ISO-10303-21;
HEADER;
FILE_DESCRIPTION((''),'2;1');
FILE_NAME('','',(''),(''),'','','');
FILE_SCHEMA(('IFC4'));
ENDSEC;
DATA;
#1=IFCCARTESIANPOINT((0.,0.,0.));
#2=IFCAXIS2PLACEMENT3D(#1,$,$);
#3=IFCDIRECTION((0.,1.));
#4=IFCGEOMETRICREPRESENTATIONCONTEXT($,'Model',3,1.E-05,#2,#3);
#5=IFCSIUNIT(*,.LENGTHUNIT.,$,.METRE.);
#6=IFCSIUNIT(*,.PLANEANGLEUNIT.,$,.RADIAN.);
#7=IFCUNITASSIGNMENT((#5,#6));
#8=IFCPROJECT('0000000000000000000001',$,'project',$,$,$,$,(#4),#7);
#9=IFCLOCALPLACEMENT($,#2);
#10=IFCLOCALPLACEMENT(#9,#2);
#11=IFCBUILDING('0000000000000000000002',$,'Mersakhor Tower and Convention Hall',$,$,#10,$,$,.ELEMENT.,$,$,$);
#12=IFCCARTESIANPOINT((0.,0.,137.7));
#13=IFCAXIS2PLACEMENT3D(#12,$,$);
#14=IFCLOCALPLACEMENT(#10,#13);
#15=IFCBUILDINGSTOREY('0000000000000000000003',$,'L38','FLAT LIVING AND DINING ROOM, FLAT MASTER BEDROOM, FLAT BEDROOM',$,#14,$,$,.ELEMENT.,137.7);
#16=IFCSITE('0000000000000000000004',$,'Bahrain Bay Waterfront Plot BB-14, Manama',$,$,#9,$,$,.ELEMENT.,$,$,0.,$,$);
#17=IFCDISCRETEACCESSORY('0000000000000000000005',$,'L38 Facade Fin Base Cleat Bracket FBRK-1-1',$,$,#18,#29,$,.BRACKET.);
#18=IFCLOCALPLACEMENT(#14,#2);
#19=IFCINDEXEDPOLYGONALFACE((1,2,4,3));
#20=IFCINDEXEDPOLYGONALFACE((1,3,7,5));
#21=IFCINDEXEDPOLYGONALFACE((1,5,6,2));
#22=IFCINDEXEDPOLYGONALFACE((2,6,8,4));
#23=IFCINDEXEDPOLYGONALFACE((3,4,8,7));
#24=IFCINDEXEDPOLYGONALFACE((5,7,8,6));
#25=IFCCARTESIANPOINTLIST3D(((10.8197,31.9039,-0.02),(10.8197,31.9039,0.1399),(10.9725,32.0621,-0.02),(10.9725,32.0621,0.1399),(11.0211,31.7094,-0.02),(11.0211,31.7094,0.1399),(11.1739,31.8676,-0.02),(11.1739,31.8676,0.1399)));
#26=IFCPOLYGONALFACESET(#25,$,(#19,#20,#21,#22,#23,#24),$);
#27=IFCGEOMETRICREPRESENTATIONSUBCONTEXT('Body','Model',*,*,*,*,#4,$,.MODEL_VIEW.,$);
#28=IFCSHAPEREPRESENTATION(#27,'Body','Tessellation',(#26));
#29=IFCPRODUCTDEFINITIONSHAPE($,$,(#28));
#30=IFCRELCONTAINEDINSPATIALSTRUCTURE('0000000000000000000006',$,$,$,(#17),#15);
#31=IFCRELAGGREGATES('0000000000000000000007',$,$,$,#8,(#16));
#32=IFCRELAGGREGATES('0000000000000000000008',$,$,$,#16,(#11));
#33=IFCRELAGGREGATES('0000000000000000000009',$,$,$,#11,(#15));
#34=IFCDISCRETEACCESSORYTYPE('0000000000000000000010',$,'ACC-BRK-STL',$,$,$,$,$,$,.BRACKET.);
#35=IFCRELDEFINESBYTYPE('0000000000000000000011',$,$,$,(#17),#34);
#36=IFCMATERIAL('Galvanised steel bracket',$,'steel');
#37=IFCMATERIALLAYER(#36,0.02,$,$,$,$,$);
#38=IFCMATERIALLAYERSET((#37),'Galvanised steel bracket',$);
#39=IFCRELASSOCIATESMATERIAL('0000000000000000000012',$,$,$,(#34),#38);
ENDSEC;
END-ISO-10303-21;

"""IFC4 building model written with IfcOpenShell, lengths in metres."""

from ifc_helpers import new_model, si_unit, direction, frame, origin, origin_2d, place, context, subcontext, project, spatial, rectangle, extrude, material, layer, layer_set, type_object, element, save


model = new_model("IFC4")

# Units and contexts
model_context = context("Model", 3, precision=1e-05, world=origin(), true_north=direction((0.0, 1.0)))
body_context = subcontext(model_context, "Body", "Model", "MODEL_VIEW")
ifc_project = project(units=[si_unit("LENGTHUNIT", "METRE"), si_unit("PLANEANGLEUNIT", "RADIAN")], contexts=[model_context])

# Site, building, storey
site_placement = place(None, origin())
site = spatial("IfcSite", under=ifc_project, at=site_placement, Name="Bahrain Bay Waterfront Plot BB-14, Manama", CompositionType="ELEMENT", RefElevation=0.0)
building_placement = place(site_placement, origin())
building = spatial("IfcBuilding", under=site, at=building_placement, Name="Mersakhor Tower and Convention Hall", CompositionType="ELEMENT")
storey_placement = place(building_placement, frame((0.0, 0.0, 137.7)))
storey = spatial("IfcBuildingStorey", under=building, at=storey_placement, Name="L38", Description="FLAT LIVING AND DINING ROOM, FLAT MASTER BEDROOM, FLAT BEDROOM", CompositionType="ELEMENT", Elevation=137.7)

# Discrete accessory
ifc_material_1 = material(Name="Galvanised steel bracket", Category="steel")
ifc_layer_1 = layer(ifc_material_1, 0.02)
ifc_layer_set_1 = layer_set([ifc_layer_1], Name="Galvanised steel bracket")
discrete_accessory_type = type_object("IfcDiscreteAccessoryType", Name="ACC-BRK-STL", PredefinedType="BRACKET", material=ifc_layer_set_1)
discrete_accessory_placement = place(storey_placement, frame((10.9968, 31.8857, -0.02), z_axis=(0.0, 0.0, 1.0), x_axis=(-0.71934, 0.694658, 0.0)))
element("IfcDiscreteAccessory", 1, at=discrete_accessory_placement, inside=storey, type_object=discrete_accessory_type, Name="L38 Facade Fin Base Cleat Bracket FBRK-1-1", PredefinedType="BRACKET", context=body_context, shape_type="SweptSolid", body=[
    extrude(rectangle(XDim=0.28, YDim=0.22, at=origin_2d()), origin(), (0.0, 0.0, 1.0), 0.1599),
])

save(model, "model.ifc")
